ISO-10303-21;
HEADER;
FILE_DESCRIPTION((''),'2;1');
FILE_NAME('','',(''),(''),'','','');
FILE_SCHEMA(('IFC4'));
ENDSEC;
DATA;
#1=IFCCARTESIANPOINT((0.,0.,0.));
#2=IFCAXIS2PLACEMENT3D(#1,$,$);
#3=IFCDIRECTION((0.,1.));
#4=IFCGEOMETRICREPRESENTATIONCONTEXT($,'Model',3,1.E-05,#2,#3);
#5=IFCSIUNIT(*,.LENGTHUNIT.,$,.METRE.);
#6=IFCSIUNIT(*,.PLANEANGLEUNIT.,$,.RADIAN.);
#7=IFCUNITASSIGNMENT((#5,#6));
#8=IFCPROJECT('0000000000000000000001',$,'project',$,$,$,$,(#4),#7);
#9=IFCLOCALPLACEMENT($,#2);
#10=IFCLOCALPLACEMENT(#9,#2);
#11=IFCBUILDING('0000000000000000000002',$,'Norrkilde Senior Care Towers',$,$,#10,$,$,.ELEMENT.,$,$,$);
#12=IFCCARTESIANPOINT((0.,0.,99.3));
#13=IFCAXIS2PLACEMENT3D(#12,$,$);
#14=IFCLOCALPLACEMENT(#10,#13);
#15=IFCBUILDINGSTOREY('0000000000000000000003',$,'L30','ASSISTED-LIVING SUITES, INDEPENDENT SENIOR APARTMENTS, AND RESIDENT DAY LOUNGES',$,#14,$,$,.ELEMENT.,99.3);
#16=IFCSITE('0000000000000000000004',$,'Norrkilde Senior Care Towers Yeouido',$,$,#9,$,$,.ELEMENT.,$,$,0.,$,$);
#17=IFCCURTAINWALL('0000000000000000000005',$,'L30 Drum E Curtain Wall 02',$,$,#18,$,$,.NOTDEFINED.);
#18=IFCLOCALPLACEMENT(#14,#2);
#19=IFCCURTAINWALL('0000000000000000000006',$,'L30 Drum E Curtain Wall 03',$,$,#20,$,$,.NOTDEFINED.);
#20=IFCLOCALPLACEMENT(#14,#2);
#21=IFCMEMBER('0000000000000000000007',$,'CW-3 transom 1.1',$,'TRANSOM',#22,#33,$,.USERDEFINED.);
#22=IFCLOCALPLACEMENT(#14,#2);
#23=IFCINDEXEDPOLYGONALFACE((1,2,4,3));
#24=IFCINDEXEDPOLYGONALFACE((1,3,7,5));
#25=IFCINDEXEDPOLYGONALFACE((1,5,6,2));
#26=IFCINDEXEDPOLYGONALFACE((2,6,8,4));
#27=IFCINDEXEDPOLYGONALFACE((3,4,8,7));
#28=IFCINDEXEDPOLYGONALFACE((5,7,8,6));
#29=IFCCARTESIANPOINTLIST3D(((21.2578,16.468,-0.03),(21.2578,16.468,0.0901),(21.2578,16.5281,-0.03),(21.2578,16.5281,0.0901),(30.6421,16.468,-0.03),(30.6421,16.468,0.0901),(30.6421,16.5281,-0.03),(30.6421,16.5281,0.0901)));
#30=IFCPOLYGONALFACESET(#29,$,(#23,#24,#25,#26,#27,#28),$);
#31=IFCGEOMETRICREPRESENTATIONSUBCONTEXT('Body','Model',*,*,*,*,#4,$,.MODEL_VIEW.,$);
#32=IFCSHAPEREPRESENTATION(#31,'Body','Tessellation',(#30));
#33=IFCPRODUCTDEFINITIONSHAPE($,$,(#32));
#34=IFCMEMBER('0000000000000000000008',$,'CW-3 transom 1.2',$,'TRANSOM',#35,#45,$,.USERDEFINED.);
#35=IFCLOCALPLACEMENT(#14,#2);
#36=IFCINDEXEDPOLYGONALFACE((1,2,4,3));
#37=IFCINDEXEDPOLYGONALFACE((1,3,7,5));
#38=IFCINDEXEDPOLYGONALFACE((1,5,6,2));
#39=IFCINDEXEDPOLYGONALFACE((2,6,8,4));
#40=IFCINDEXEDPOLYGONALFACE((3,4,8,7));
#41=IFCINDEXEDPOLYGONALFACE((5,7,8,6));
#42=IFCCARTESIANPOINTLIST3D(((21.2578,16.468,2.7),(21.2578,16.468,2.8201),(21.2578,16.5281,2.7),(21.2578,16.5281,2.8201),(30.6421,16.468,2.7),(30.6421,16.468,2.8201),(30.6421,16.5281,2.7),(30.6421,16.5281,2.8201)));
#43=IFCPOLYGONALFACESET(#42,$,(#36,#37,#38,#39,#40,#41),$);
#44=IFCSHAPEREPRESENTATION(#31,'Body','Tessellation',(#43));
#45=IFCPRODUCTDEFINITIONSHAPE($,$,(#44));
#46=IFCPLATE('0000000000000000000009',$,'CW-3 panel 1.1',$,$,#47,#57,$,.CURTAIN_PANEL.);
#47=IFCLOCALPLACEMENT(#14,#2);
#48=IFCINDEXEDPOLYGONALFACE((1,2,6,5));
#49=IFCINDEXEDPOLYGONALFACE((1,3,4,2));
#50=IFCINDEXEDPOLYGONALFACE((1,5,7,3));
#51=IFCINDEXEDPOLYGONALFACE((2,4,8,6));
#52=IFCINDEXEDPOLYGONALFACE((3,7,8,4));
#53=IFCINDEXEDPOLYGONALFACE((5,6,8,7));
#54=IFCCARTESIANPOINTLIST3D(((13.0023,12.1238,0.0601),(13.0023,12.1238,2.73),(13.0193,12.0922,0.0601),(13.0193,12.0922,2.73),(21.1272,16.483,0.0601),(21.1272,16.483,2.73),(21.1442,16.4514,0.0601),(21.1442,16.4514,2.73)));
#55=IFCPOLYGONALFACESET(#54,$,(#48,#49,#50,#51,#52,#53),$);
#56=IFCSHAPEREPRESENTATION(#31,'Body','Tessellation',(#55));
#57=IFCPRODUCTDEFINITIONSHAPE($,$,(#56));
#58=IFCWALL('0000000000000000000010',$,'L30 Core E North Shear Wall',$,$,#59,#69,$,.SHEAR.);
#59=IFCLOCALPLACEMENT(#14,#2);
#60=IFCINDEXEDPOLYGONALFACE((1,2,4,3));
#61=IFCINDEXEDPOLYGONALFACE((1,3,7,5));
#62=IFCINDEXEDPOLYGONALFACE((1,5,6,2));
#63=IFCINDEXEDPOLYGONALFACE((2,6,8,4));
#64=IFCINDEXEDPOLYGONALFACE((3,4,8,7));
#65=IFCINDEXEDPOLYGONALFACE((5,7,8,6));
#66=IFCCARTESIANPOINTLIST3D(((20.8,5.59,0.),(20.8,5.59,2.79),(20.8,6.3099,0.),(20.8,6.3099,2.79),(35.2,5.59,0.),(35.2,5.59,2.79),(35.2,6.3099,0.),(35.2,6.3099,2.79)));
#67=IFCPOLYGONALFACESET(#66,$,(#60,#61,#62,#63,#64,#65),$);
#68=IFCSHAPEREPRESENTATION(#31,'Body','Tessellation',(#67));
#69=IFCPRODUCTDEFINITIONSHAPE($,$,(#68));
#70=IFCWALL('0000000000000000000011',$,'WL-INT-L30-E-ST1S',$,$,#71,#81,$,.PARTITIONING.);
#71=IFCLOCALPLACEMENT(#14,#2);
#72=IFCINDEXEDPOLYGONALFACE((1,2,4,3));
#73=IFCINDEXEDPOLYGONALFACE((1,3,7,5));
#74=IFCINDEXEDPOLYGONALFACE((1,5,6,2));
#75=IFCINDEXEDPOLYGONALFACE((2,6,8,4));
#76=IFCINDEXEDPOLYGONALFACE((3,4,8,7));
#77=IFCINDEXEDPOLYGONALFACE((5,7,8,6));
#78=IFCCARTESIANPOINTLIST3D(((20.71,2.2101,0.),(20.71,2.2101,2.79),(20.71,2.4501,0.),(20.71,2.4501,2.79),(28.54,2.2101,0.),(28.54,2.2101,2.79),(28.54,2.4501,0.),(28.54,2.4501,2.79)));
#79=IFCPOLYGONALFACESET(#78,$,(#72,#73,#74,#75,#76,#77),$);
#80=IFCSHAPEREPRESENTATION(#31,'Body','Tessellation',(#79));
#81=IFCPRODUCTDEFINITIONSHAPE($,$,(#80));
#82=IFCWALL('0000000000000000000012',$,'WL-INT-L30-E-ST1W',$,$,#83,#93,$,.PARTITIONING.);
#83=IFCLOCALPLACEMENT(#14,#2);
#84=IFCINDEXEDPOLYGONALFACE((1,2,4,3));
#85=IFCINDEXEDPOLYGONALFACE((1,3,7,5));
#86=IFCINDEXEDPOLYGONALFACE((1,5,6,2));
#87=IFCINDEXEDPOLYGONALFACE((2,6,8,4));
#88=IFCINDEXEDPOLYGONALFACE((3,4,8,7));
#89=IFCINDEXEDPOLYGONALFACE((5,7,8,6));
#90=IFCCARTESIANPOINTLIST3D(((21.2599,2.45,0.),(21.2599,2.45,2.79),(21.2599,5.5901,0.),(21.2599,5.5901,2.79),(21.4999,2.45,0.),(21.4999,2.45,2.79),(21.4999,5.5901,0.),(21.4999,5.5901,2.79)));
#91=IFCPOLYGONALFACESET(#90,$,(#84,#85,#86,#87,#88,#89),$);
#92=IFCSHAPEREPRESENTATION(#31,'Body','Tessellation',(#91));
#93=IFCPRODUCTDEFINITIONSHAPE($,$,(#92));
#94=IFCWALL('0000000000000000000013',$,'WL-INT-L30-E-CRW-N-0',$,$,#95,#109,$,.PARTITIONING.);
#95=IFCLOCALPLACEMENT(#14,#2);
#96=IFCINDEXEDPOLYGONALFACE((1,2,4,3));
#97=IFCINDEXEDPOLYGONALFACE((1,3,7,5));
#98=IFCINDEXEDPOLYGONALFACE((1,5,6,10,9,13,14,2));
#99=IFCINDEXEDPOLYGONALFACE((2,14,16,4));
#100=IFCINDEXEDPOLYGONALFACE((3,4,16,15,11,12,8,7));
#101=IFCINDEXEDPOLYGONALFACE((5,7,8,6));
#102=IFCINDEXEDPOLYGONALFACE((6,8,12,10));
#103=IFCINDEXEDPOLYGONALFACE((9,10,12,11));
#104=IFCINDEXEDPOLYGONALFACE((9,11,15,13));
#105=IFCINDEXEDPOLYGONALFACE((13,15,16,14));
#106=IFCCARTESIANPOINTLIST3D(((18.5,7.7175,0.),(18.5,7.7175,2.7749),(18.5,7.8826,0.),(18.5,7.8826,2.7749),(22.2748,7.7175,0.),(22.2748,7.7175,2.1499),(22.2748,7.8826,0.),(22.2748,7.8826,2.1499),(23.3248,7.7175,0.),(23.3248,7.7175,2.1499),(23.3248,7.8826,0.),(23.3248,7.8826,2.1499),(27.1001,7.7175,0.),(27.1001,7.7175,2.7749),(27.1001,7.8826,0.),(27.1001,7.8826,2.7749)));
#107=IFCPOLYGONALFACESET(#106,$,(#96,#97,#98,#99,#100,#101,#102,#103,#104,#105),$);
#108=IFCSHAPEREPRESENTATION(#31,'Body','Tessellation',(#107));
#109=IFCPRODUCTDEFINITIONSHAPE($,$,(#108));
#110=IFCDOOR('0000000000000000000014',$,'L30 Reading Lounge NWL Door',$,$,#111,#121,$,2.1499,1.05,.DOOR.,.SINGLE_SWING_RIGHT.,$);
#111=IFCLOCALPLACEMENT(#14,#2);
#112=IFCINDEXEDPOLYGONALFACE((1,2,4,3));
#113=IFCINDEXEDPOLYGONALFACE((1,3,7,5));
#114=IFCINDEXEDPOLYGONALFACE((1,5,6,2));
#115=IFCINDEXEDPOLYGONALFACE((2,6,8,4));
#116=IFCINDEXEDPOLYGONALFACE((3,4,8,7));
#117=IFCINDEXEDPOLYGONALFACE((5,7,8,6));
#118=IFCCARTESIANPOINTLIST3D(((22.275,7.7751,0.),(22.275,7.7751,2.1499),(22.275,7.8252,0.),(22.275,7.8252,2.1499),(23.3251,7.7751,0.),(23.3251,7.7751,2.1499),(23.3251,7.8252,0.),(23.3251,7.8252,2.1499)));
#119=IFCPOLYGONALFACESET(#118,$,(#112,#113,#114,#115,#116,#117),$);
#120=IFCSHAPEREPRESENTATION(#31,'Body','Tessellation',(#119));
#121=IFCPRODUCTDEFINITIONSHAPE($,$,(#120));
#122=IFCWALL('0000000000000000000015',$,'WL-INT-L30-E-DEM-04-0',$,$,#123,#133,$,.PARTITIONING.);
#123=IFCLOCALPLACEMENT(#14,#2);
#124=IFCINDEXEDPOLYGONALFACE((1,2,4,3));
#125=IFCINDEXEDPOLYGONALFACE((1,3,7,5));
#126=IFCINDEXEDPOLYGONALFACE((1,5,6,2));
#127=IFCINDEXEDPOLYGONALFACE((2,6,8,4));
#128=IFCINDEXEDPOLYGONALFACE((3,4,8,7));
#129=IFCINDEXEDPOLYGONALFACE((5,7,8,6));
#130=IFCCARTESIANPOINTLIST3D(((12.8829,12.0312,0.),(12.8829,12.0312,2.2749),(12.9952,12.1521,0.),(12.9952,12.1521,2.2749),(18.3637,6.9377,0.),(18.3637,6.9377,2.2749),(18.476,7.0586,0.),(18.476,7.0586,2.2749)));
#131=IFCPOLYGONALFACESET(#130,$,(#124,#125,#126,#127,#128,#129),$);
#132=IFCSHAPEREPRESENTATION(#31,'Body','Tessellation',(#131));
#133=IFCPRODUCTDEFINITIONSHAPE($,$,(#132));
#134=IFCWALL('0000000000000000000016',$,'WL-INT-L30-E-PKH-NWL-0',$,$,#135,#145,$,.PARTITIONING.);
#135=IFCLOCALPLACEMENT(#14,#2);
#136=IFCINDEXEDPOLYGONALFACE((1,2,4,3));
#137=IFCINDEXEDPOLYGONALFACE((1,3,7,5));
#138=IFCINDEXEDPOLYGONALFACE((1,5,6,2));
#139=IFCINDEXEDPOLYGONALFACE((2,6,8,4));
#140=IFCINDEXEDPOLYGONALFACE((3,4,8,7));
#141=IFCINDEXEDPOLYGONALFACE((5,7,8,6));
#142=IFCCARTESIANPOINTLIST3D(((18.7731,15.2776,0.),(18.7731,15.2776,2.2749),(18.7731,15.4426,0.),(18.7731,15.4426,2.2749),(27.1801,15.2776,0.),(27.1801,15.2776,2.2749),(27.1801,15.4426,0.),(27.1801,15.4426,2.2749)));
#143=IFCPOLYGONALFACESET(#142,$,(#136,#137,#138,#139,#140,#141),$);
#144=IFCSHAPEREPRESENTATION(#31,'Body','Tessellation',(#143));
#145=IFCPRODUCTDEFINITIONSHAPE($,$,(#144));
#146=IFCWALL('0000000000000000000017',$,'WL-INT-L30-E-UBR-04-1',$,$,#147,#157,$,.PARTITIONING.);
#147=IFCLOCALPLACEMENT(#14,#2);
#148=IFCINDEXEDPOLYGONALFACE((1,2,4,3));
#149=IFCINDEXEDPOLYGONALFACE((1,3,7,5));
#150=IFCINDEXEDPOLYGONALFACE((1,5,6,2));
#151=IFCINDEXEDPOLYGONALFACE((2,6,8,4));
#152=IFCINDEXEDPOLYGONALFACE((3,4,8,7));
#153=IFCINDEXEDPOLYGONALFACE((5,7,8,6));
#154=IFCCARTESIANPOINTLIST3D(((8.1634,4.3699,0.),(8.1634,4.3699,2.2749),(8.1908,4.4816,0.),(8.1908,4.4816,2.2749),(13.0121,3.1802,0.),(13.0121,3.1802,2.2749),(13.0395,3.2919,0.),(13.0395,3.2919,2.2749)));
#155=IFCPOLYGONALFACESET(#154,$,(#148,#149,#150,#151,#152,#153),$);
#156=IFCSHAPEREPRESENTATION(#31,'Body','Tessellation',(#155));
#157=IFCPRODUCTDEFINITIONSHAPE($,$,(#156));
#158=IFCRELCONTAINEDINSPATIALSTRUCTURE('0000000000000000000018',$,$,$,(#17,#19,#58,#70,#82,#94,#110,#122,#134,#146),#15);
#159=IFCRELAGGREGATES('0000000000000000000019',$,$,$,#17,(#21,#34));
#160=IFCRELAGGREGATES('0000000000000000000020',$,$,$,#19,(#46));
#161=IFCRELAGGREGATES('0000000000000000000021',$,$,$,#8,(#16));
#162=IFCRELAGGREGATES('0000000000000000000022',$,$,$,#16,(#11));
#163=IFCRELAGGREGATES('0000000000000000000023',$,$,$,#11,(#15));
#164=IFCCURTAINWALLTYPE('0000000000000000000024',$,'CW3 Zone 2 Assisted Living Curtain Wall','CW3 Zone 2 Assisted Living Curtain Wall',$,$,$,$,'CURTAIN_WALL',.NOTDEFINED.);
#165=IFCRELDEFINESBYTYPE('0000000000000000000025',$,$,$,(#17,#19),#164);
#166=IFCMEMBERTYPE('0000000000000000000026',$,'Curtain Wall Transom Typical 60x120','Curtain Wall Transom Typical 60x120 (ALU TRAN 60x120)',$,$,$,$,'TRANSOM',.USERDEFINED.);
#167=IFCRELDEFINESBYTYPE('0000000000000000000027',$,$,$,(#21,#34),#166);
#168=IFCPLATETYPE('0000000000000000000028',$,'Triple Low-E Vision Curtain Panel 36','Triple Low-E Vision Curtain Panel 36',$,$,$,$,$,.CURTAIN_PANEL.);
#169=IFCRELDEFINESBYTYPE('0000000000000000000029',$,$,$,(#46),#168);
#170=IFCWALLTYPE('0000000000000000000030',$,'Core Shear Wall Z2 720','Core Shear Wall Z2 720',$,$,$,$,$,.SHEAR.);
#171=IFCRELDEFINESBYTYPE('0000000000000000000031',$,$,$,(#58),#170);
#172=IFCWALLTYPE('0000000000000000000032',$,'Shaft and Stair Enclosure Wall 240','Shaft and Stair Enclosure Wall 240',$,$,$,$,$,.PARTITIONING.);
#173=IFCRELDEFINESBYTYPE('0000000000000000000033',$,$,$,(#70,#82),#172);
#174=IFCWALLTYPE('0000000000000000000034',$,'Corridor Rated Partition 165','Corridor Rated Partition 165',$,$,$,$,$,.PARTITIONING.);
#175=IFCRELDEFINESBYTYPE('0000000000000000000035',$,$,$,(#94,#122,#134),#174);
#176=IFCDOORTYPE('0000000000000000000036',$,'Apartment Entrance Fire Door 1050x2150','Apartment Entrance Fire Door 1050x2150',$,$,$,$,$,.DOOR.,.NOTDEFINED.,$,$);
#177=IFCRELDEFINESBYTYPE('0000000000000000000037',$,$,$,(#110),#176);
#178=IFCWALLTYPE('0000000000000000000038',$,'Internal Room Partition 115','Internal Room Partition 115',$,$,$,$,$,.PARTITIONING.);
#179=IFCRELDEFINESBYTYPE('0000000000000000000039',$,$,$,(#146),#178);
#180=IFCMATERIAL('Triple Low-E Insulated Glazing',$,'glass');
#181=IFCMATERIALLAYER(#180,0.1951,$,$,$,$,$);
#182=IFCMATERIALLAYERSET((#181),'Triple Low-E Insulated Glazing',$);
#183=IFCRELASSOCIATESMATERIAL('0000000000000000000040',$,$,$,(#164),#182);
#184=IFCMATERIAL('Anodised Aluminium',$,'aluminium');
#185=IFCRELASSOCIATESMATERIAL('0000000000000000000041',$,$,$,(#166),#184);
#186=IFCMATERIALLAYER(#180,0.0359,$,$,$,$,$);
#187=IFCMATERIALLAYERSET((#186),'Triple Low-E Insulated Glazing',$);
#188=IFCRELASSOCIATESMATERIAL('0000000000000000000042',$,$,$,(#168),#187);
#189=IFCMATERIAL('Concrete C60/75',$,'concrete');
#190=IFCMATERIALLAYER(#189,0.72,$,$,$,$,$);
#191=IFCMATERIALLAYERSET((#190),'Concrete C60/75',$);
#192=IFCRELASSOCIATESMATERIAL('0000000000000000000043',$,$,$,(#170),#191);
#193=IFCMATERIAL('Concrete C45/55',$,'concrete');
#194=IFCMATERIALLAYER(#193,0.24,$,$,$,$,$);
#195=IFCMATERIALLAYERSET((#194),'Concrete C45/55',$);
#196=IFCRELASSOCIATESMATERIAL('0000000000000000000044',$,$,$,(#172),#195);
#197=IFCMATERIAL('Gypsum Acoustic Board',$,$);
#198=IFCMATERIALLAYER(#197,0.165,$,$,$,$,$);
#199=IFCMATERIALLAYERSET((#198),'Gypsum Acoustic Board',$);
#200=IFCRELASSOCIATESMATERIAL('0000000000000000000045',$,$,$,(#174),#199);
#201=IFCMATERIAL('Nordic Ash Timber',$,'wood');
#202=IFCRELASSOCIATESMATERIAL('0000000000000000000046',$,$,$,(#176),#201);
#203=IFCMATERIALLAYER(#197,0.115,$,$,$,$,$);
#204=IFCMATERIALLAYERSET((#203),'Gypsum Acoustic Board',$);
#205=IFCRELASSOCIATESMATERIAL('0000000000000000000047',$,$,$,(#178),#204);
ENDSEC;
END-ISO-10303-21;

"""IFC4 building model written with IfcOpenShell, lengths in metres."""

from ifc_helpers import new_model, si_unit, direction, frame, frame_2d, origin, origin_2d, place, context, subcontext, project, spatial, rectangle, extrude, source, transform, mapped, material, layer, layer_set, material_profile, profile_set, type_object, type_shapes, element, fill, aggregate, save


model = new_model("IFC4")

# Units and contexts
model_context = context("Model", 3, precision=1e-05, world=origin(), true_north=direction((0.0, 1.0)))
body_context = subcontext(model_context, "Body", "Model", "MODEL_VIEW")
ifc_project = project(units=[si_unit("LENGTHUNIT", "METRE"), si_unit("PLANEANGLEUNIT", "RADIAN")], contexts=[model_context])

# Site, building, storey
site_placement = place(None, origin())
site = spatial("IfcSite", under=ifc_project, at=site_placement, Name="Norrkilde Senior Care Towers Yeouido", CompositionType="ELEMENT", RefElevation=0.0)
building_placement = place(site_placement, origin())
building = spatial("IfcBuilding", under=site, at=building_placement, Name="Norrkilde Senior Care Towers", CompositionType="ELEMENT")
storey_placement = place(building_placement, frame((0.0, 0.0, 99.3)))
storey = spatial("IfcBuildingStorey", under=building, at=storey_placement, Name="L30", Description="ASSISTED-LIVING SUITES, INDEPENDENT SENIOR APARTMENTS, AND RESIDENT DAY LOUNGES", CompositionType="ELEMENT", Elevation=99.3)

# Shared definitions
ifc_material_1 = material(Name="Concrete C60/75", Category="concrete")

# Curtain walls
ifc_material_2 = material(Name="Triple Low-E Insulated Glazing", Category="glass")
ifc_layer_1 = layer(ifc_material_2, 0.1951)
ifc_layer_set_1 = layer_set([ifc_layer_1], Name="Triple Low-E Insulated Glazing")
curtain_wall_type = type_object("IfcCurtainWallType", Name="CW3 Zone 2 Assisted Living Curtain Wall", Description="CW3 Zone 2 Assisted Living Curtain Wall", ElementType="CURTAIN_WALL", PredefinedType="NOTDEFINED", material=ifc_layer_set_1)
curtain_wall_1_placement = place(storey_placement, origin())
curtain_wall_1 = element("IfcCurtainWall", 1, at=curtain_wall_1_placement, inside=storey, type_object=curtain_wall_type, Name="L30 Drum E Curtain Wall 02", PredefinedType="NOTDEFINED")
ifc_material_3 = material(Name="Anodised Aluminium", Category="aluminium")
curtain_wall_2_placement = place(storey_placement, origin())
curtain_wall_2 = element("IfcCurtainWall", 2, at=curtain_wall_2_placement, inside=storey, type_object=curtain_wall_type, Name="L30 Drum E Curtain Wall 03", PredefinedType="NOTDEFINED")

# Members
ifc_material_profile_1 = material_profile(ifc_material_3, rectangle(XDim=0.0601, YDim=0.1201, at=origin_2d()), Name="ALU TRAN 60x120")
ifc_profile_set_1 = profile_set([ifc_material_profile_1], Name="Anodised Aluminium")
member_type_1 = type_object("IfcMemberType", Name="Curtain Wall Transom Typical 60x120", Description="Curtain Wall Transom Typical 60x120 (ALU TRAN 60x120)", ElementType="TRANSOM", PredefinedType="USERDEFINED", material=ifc_profile_set_1)
shared_shape_1 = source(origin(), body_context, "Body", "SweptSolid", [
    extrude(rectangle(XDim=0.0601, YDim=0.1201, at=origin_2d()), origin(), (0.0, 0.0, 1.0), 9.3843),
])
type_shapes(member_type_1, [shared_shape_1])
member_1_placement = place(storey_placement, frame((21.2578, 16.498, 0.03), z_axis=(1.0, 0.0, 0.0), x_axis=(0.0, 1.0, 0.0)))
member_1 = element("IfcMember", 3, at=member_1_placement, type_object=member_type_1, Name="CW-3 transom 1.1", ObjectType="TRANSOM", PredefinedType="USERDEFINED", context=body_context, shape_type="MappedRepresentation", body=[
    mapped(shared_shape_1, transform((0.0, 0.0, 0.0), x_axis=(1.0, 0.0, 0.0), y_axis=(0.0, 1.0, 0.0), z_axis=(0.0, 0.0, 1.0), scale=1.0)),
])
member_2_placement = place(storey_placement, frame((21.2578, 16.498, 2.76), z_axis=(1.0, 0.0, 0.0), x_axis=(0.0, 1.0, 0.0)))
member_2 = element("IfcMember", 4, at=member_2_placement, type_object=member_type_1, Name="CW-3 transom 1.2", ObjectType="TRANSOM", PredefinedType="USERDEFINED", context=body_context, shape_type="MappedRepresentation", body=[
    mapped(shared_shape_1, transform((0.0, 0.0, 0.0), x_axis=(1.0, 0.0, 0.0), y_axis=(0.0, 1.0, 0.0), z_axis=(0.0, 0.0, 1.0), scale=1.0)),
])
aggregate(curtain_wall_1, [member_1, member_2])

# Plate
ifc_layer_2 = layer(ifc_material_2, 0.0359)
ifc_layer_set_2 = layer_set([ifc_layer_2], Name="Triple Low-E Insulated Glazing")
plate_type = type_object("IfcPlateType", Name="Triple Low-E Vision Curtain Panel 36", Description="Triple Low-E Vision Curtain Panel 36", PredefinedType="CURTAIN_PANEL", material=ifc_layer_set_2)
shared_shape_2 = source(origin(), body_context, "Body", "SweptSolid", [
    extrude(rectangle(XDim=9.2205, YDim=0.0359, at=origin_2d()), origin(), (0.0, 0.0, 1.0), 2.6699),
])
type_shapes(plate_type, [shared_shape_2])
plate_placement = place(storey_placement, frame((17.0732, 14.2876, 0.0601), z_axis=(0.0, 0.0, 1.0), x_axis=(0.881186, 0.472769, 0.0)))
plate = element("IfcPlate", 5, at=plate_placement, type_object=plate_type, Name="CW-3 panel 1.1", PredefinedType="CURTAIN_PANEL", context=body_context, shape_type="MappedRepresentation", body=[
    mapped(shared_shape_2, transform((0.0, 0.0, 0.0), x_axis=(1.0, 0.0, 0.0), y_axis=(0.0, 1.0, 0.0), z_axis=(0.0, 0.0, 1.0), scale=1.0)),
])
aggregate(curtain_wall_2, [plate])

# Walls
ifc_layer_3 = layer(ifc_material_1, 0.72)
ifc_layer_set_3 = layer_set([ifc_layer_3], Name="Concrete C60/75")
wall_type_1 = type_object("IfcWallType", Name="Core Shear Wall Z2 720", Description="Core Shear Wall Z2 720", PredefinedType="SHEAR", material=ifc_layer_set_3)
shared_shape_3 = source(origin(), body_context, "Body", "SweptSolid", [
    extrude(rectangle(XDim=14.3999, YDim=0.72, at=frame_2d((7.2, 0.0))), origin(), (0.0, 0.0, 1.0), 2.79),
])
type_shapes(wall_type_1, [shared_shape_3])
wall_1_placement = place(storey_placement, frame((20.8, 5.95, 0.0), z_axis=(0.0, 0.0, 1.0), x_axis=(1.0, 0.0, 0.0)))
element("IfcWall", 6, at=wall_1_placement, inside=storey, type_object=wall_type_1, Name="L30 Core E North Shear Wall", PredefinedType="SHEAR", context=body_context, shape_type="MappedRepresentation", body=[
    mapped(shared_shape_3, transform((0.0, 0.0, 0.0), x_axis=(1.0, 0.0, 0.0), y_axis=(0.0, 1.0, 0.0), z_axis=(0.0, 0.0, 1.0), scale=1.0)),
])
ifc_material_4 = material(Name="Concrete C45/55", Category="concrete")
ifc_layer_4 = layer(ifc_material_4, 0.24)
ifc_layer_set_4 = layer_set([ifc_layer_4], Name="Concrete C45/55")
wall_type_2 = type_object("IfcWallType", Name="Shaft and Stair Enclosure Wall 240", Description="Shaft and Stair Enclosure Wall 240", PredefinedType="PARTITIONING", material=ifc_layer_set_4)
shared_shape_4 = source(origin(), body_context, "Body", "SweptSolid", [
    extrude(rectangle(XDim=7.8301, YDim=0.24, at=frame_2d((3.915, 0.0))), origin(), (0.0, 0.0, 1.0), 2.79),
])
wall_2_placement = place(storey_placement, frame((20.71, 2.3301, 0.0), z_axis=(0.0, 0.0, 1.0), x_axis=(1.0, 0.0, 0.0)))
element("IfcWall", 7, at=wall_2_placement, inside=storey, type_object=wall_type_2, Name="WL-INT-L30-E-ST1S", PredefinedType="PARTITIONING", context=body_context, shape_type="MappedRepresentation", body=[
    mapped(shared_shape_4, transform((0.0, 0.0, 0.0), x_axis=(1.0, 0.0, 0.0), y_axis=(0.0, 1.0, 0.0), z_axis=(0.0, 0.0, 1.0), scale=1.0)),
])
shared_shape_5 = source(origin(), body_context, "Body", "SweptSolid", [
    extrude(rectangle(XDim=3.1401, YDim=0.24, at=frame_2d((1.5701, 0.0))), origin(), (0.0, 0.0, 1.0), 2.79),
])
type_shapes(wall_type_2, [shared_shape_4, shared_shape_5])
wall_3_placement = place(storey_placement, frame((21.3799, 2.45, 0.0), z_axis=(0.0, 0.0, 1.0), x_axis=(0.0, 1.0, 0.0)))
element("IfcWall", 8, at=wall_3_placement, inside=storey, type_object=wall_type_2, Name="WL-INT-L30-E-ST1W", PredefinedType="PARTITIONING", context=body_context, shape_type="MappedRepresentation", body=[
    mapped(shared_shape_5, transform((0.0, 0.0, 0.0), x_axis=(1.0, 0.0, 0.0), y_axis=(0.0, 1.0, 0.0), z_axis=(0.0, 0.0, 1.0), scale=1.0)),
])

# Wall, opening, door
ifc_material_5 = material(Name="Gypsum Acoustic Board")
ifc_layer_5 = layer(ifc_material_5, 0.165)
ifc_layer_set_5 = layer_set([ifc_layer_5], Name="Gypsum Acoustic Board")
wall_type_3 = type_object("IfcWallType", Name="Corridor Rated Partition 165", Description="Corridor Rated Partition 165", PredefinedType="PARTITIONING", material=ifc_layer_set_5)
shared_shape_6 = source(origin(), body_context, "Body", "SweptSolid", [
    extrude(rectangle(XDim=8.6001, YDim=0.165, at=frame_2d((4.3, 0.0))), origin(), (0.0, 0.0, 1.0), 2.7749),
])
wall_4_placement = place(storey_placement, frame((18.5, 7.8, 0.0), z_axis=(0.0, 0.0, 1.0), x_axis=(1.0, 0.0, 0.0)))
wall_4 = element("IfcWall", 9, at=wall_4_placement, inside=storey, type_object=wall_type_3, Name="WL-INT-L30-E-CRW-N-0", PredefinedType="PARTITIONING", context=body_context, shape_type="MappedRepresentation", body=[
    mapped(shared_shape_6, transform((0.0, 0.0, 0.0), x_axis=(1.0, 0.0, 0.0), y_axis=(0.0, 1.0, 0.0), z_axis=(0.0, 0.0, 1.0), scale=1.0)),
])
opening_1_placement = place(wall_4_placement, frame((3.7749, 0.0, 0.0)))
opening_1 = element("IfcOpeningElement", 10, at=opening_1_placement, cuts=wall_4, PredefinedType="OPENING", context=body_context, shape_type="SweptSolid", body=[
    extrude(rectangle(XDim=1.05, YDim=2.1499, at=frame_2d((0.5249, 1.075))), frame((0.0, 0.0925, 0.0), z_axis=(0.0, -1.0, 0.0), x_axis=(1.0, 0.0, 0.0)), (0.0, 0.0, 1.0), 0.1851),
])
ifc_material_6 = material(Name="Nordic Ash Timber", Category="wood")
door_type_1 = type_object("IfcDoorType", Name="Apartment Entrance Fire Door 1050x2150", Description="Apartment Entrance Fire Door 1050x2150", OperationType="NOTDEFINED", PredefinedType="DOOR", material=ifc_material_6)
shared_shape_7 = source(origin(), body_context, "Body", "SweptSolid", [
    extrude(rectangle(XDim=1.05, YDim=2.1499, at=frame_2d((0.5249, 1.075))), frame((0.0, 0.0249, 0.0), z_axis=(0.0, -1.0, 0.0), x_axis=(1.0, 0.0, 0.0)), (0.0, 0.0, 1.0), 0.05),
])
type_shapes(door_type_1, [shared_shape_7])
door_1_placement = place(opening_1_placement, frame((1.05, 0.0, 0.0), z_axis=(0.0, 0.0, 1.0), x_axis=(-1.0, 0.0, 0.0)))
door_1 = element("IfcDoor", 11, at=door_1_placement, inside=storey, type_object=door_type_1, Name="L30 Reading Lounge NWL Door", OperationType="SINGLE_SWING_RIGHT", OverallHeight=2.1499, OverallWidth=1.05, PredefinedType="DOOR", context=body_context, shape_type="MappedRepresentation", body=[
    mapped(shared_shape_7, transform((0.0, 0.0, 0.0), x_axis=(1.0, 0.0, 0.0), y_axis=(0.0, 1.0, 0.0), z_axis=(0.0, 0.0, 1.0), scale=1.0)),
])
fill(opening_1, door_1)

# Walls
shared_shape_8 = source(origin(), body_context, "Body", "SweptSolid", [
    extrude(rectangle(XDim=7.4822, YDim=0.165, at=frame_2d((3.7412, 0.0))), origin(), (0.0, 0.0, 1.0), 2.2749),
])
wall_5_placement = place(storey_placement, frame((18.4199, 6.998, 0.0), z_axis=(0.0, 0.0, 1.0), x_axis=(-0.732509, 0.680758, 0.0)))
element("IfcWall", 12, at=wall_5_placement, inside=storey, type_object=wall_type_3, Name="WL-INT-L30-E-DEM-04-0", PredefinedType="PARTITIONING", context=body_context, shape_type="MappedRepresentation", body=[
    mapped(shared_shape_8, transform((0.0, 0.0, 0.0), x_axis=(1.0, 0.0, 0.0), y_axis=(0.0, 1.0, 0.0), z_axis=(0.0, 0.0, 1.0), scale=1.0)),
])
shared_shape_9 = source(origin(), body_context, "Body", "SweptSolid", [
    extrude(rectangle(XDim=8.407, YDim=0.165, at=frame_2d((4.2036, 0.0))), origin(), (0.0, 0.0, 1.0), 2.2749),
])
type_shapes(wall_type_3, [shared_shape_6, shared_shape_8, shared_shape_9])
wall_6_placement = place(storey_placement, frame((18.7729, 15.3601, 0.0), z_axis=(0.0, 0.0, 1.0), x_axis=(1.0, 0.0, 0.0)))
element("IfcWall", 13, at=wall_6_placement, inside=storey, type_object=wall_type_3, Name="WL-INT-L30-E-PKH-NWL-0", PredefinedType="PARTITIONING", context=body_context, shape_type="MappedRepresentation", body=[
    mapped(shared_shape_9, transform((0.0, 0.0, 0.0), x_axis=(1.0, 0.0, 0.0), y_axis=(0.0, 1.0, 0.0), z_axis=(0.0, 0.0, 1.0), scale=1.0)),
])
ifc_layer_6 = layer(ifc_material_5, 0.115)
ifc_layer_set_6 = layer_set([ifc_layer_6], Name="Gypsum Acoustic Board")
wall_type_4 = type_object("IfcWallType", Name="Internal Room Partition 115", Description="Internal Room Partition 115", PredefinedType="PARTITIONING", material=ifc_layer_set_6)
shared_shape_10 = source(origin(), body_context, "Body", "SweptSolid", [
    extrude(rectangle(XDim=4.9924, YDim=0.115, at=frame_2d((2.4961, 0.0))), origin(), (0.0, 0.0, 1.0), 2.2749),
])
wall_7_placement = place(storey_placement, frame((13.0256, 3.2361, 0.0), z_axis=(0.0, 0.0, 1.0), x_axis=(-0.971192, 0.238299, 0.0)))
element("IfcWall", 14, at=wall_7_placement, inside=storey, type_object=wall_type_4, Name="WL-INT-L30-E-UBR-04-1", PredefinedType="PARTITIONING", context=body_context, shape_type="MappedRepresentation", body=[
    mapped(shared_shape_10, transform((0.0, 0.0, 0.0), x_axis=(1.0, 0.0, 0.0), y_axis=(0.0, 1.0, 0.0), z_axis=(0.0, 0.0, 1.0), scale=1.0)),
])

save(model, "model.ifc")
